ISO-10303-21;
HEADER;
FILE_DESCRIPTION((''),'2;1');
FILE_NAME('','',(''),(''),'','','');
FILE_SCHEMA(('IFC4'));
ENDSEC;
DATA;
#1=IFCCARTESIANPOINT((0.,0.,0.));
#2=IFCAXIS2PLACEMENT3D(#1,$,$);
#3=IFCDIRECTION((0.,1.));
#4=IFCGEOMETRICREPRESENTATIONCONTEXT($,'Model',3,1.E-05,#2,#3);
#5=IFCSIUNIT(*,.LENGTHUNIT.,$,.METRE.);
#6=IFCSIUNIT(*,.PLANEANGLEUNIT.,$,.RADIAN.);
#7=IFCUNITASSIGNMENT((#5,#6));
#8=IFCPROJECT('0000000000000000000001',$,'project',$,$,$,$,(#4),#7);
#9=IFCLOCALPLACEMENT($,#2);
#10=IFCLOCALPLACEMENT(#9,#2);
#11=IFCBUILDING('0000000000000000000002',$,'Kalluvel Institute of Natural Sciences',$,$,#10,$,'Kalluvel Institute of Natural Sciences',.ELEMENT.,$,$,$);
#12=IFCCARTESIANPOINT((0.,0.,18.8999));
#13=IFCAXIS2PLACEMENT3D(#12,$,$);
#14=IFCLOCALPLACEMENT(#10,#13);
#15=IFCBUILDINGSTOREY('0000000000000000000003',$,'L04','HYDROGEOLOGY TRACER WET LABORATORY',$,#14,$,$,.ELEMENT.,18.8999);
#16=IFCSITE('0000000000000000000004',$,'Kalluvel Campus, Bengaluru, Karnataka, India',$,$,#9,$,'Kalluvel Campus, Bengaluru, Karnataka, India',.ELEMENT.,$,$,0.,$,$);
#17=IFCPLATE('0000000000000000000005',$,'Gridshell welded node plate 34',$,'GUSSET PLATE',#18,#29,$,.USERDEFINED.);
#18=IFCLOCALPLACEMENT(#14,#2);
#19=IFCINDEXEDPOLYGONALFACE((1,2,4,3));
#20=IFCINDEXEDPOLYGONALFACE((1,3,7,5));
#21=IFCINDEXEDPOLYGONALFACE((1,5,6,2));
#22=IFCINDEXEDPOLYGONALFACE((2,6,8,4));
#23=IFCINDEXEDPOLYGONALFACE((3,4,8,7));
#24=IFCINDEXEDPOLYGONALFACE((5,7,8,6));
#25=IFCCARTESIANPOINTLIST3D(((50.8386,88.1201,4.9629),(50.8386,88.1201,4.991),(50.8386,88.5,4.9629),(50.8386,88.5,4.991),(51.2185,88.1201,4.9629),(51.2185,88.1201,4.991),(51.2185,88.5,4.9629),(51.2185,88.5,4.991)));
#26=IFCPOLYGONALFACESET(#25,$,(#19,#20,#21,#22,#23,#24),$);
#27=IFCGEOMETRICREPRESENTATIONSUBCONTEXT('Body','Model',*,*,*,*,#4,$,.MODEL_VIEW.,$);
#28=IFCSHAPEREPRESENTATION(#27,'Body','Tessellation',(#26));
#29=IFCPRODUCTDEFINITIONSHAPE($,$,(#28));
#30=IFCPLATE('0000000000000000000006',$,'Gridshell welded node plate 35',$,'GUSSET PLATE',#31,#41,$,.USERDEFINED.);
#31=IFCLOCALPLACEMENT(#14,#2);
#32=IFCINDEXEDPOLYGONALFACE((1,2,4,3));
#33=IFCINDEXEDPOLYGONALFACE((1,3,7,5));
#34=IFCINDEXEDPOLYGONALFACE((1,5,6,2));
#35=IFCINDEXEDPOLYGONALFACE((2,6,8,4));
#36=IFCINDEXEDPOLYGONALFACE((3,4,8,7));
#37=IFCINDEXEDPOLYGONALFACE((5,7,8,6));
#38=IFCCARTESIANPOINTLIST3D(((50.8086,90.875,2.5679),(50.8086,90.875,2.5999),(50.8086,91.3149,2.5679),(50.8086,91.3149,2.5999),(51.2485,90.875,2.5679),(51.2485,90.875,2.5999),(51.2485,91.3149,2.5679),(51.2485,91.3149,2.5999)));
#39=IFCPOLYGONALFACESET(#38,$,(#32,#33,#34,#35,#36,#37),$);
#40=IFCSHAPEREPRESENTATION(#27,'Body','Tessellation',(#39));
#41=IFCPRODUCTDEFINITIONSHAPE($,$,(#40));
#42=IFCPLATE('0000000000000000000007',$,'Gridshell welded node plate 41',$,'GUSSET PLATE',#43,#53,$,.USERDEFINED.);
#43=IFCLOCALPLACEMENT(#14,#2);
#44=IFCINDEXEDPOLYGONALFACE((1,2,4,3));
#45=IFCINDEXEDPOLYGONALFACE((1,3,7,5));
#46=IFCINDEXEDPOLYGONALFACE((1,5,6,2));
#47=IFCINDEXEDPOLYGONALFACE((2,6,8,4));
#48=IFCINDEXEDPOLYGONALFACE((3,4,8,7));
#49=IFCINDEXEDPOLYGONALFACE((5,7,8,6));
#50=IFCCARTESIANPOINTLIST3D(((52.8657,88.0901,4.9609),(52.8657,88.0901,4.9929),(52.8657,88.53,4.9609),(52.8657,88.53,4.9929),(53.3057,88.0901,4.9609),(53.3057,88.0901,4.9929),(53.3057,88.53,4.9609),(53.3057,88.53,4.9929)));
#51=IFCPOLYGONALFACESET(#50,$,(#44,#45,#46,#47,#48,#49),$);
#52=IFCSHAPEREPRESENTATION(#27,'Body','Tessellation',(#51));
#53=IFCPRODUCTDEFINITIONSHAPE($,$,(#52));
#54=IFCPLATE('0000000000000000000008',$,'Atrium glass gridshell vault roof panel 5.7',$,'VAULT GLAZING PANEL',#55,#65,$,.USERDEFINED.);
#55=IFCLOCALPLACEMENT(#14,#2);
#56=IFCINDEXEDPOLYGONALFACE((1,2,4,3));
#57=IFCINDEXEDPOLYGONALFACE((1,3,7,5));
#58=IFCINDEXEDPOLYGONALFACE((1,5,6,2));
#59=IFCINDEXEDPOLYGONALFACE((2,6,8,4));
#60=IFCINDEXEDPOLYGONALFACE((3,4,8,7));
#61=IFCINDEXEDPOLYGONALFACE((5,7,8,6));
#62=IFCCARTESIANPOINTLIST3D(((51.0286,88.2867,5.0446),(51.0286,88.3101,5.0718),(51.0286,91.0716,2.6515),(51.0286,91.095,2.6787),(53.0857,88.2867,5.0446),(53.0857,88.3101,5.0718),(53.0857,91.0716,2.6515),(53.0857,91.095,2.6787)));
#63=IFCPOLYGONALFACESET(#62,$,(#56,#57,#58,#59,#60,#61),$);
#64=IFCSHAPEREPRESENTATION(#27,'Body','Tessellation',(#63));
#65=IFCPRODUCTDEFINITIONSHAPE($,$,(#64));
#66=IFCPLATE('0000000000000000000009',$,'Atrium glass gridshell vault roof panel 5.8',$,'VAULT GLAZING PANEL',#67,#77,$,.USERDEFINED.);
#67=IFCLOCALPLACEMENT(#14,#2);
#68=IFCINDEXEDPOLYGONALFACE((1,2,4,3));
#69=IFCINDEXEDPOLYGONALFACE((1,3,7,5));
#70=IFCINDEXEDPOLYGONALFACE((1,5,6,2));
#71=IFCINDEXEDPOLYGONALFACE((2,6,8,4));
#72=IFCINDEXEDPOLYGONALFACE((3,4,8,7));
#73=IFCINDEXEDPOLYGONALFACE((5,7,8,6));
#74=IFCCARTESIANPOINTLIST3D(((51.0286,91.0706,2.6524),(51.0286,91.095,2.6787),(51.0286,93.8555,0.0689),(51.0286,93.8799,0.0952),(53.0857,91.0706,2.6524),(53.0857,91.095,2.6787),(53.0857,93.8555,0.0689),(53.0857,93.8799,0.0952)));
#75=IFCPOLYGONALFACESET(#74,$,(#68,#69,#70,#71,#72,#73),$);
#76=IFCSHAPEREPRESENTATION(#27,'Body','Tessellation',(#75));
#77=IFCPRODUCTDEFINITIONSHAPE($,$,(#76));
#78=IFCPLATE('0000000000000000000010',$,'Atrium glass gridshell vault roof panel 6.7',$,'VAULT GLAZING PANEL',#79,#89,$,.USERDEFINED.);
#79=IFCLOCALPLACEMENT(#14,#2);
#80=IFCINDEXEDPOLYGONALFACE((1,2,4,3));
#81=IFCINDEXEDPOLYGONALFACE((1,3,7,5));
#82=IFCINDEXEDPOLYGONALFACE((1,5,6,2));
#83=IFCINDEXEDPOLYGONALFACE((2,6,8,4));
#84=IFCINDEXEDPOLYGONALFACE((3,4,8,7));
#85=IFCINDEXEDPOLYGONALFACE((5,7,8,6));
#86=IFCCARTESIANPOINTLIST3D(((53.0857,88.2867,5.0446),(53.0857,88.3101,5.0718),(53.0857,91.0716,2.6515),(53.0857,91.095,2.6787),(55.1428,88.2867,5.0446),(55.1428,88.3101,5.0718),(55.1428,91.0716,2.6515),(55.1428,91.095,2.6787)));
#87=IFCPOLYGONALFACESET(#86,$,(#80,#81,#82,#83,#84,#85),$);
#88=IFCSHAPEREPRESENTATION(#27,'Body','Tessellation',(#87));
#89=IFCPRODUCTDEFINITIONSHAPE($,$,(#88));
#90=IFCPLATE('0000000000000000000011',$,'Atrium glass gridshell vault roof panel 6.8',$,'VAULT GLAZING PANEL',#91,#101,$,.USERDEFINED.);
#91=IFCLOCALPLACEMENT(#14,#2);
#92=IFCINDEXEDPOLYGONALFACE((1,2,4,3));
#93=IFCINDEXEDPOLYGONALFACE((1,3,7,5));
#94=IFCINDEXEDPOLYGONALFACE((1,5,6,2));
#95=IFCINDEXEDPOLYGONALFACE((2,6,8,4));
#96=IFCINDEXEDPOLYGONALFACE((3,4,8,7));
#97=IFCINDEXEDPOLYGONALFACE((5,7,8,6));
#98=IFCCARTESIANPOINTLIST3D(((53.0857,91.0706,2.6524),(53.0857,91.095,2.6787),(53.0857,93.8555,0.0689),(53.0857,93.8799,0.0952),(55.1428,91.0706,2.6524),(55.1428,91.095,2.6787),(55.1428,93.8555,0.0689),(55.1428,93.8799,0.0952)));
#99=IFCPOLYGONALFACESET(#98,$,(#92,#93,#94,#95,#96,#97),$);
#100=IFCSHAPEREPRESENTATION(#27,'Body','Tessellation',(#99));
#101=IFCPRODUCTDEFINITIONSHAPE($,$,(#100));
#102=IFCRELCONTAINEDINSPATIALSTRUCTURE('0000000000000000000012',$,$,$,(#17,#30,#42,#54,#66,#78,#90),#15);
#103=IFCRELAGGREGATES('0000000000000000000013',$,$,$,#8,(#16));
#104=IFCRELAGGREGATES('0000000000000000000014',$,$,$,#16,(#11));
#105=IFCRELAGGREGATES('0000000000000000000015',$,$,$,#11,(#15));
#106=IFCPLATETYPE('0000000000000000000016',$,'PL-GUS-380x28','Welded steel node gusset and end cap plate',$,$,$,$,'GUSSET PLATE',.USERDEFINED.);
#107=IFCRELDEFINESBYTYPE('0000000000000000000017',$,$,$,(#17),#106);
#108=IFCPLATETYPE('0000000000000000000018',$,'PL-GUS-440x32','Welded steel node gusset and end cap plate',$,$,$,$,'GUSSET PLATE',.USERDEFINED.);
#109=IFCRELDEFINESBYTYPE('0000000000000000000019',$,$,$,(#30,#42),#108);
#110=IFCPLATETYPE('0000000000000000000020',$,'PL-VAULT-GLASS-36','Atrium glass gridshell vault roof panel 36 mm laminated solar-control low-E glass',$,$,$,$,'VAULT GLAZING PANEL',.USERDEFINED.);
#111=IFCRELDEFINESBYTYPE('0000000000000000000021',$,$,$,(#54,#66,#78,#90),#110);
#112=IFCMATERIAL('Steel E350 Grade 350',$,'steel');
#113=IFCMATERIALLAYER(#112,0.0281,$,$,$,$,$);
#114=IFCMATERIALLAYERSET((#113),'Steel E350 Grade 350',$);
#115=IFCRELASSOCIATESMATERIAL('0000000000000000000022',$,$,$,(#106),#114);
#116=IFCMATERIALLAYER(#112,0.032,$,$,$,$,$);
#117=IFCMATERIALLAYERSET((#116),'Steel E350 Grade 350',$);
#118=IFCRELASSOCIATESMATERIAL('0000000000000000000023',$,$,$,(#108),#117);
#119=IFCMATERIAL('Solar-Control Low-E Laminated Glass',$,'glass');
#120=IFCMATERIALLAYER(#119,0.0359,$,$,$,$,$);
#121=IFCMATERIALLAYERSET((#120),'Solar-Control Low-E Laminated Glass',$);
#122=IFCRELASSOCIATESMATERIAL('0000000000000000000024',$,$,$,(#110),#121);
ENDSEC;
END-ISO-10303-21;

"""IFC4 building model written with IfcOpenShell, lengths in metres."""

from ifc_helpers import new_model, si_unit, direction, frame, origin, origin_2d, place, context, subcontext, project, spatial, polyline, rectangle, outline, extrude, material, layer, layer_set, type_object, element, save


model = new_model("IFC4")

# Units and contexts
model_context = context("Model", 3, precision=1e-05, world=origin(), true_north=direction((0.0, 1.0)))
body_context = subcontext(model_context, "Body", "Model", "MODEL_VIEW")
ifc_project = project(units=[si_unit("LENGTHUNIT", "METRE"), si_unit("PLANEANGLEUNIT", "RADIAN")], contexts=[model_context])

# Site, building, storey
site_placement = place(None, origin())
site = spatial("IfcSite", under=ifc_project, at=site_placement, Name="Kalluvel Campus, Bengaluru, Karnataka, India", LongName="Kalluvel Campus, Bengaluru, Karnataka, India", CompositionType="ELEMENT", RefElevation=0.0)
building_placement = place(site_placement, origin())
building = spatial("IfcBuilding", under=site, at=building_placement, Name="Kalluvel Institute of Natural Sciences", LongName="Kalluvel Institute of Natural Sciences", CompositionType="ELEMENT")
storey_placement = place(building_placement, frame((0.0, 0.0, 18.8999)))
storey = spatial("IfcBuildingStorey", under=building, at=storey_placement, Name="L04", Description="HYDROGEOLOGY TRACER WET LABORATORY", CompositionType="ELEMENT", Elevation=18.8999)

# Shared definitions
ifc_material_1 = material(Name="Steel E350 Grade 350", Category="steel")

# Plates
ifc_layer_1 = layer(ifc_material_1, 0.0281)
ifc_layer_set_1 = layer_set([ifc_layer_1], Name="Steel E350 Grade 350")
plate_type_1 = type_object("IfcPlateType", Name="PL-GUS-380x28", Description="Welded steel node gusset and end cap plate", ElementType="GUSSET PLATE", PredefinedType="USERDEFINED", material=ifc_layer_set_1)
plate_1_placement = place(storey_placement, frame((51.0286, 88.3101, 4.9629), z_axis=(0.0, 0.0, 1.0), x_axis=(1.0, 0.0, 0.0)))
element("IfcPlate", 1, at=plate_1_placement, inside=storey, type_object=plate_type_1, Name="Gridshell welded node plate 34", ObjectType="GUSSET PLATE", PredefinedType="USERDEFINED", context=body_context, shape_type="SweptSolid", body=[
    extrude(rectangle(XDim=0.3799, YDim=0.3799, at=origin_2d()), origin(), (0.0, 0.0, 1.0), 0.0281),
])
ifc_layer_2 = layer(ifc_material_1, 0.032)
ifc_layer_set_2 = layer_set([ifc_layer_2], Name="Steel E350 Grade 350")
plate_type_2 = type_object("IfcPlateType", Name="PL-GUS-440x32", Description="Welded steel node gusset and end cap plate", ElementType="GUSSET PLATE", PredefinedType="USERDEFINED", material=ifc_layer_set_2)
for number, where, z_axis, x_axis, name in (
    (2, (51.0286, 91.095, 2.5679), (0.0, 0.0, 1.0), (1.0, 0.0, 0.0), "Gridshell welded node plate 35"),
    (3, (53.0857, 88.3101, 4.9609), (0.0, 0.0, 1.0), (1.0, 0.0, 0.0), "Gridshell welded node plate 41"),
):
    element("IfcPlate", number, at=place(storey_placement, frame(where, z_axis=z_axis, x_axis=x_axis)), inside=storey, type_object=plate_type_2, Name=name, ObjectType="GUSSET PLATE", PredefinedType="USERDEFINED", context=body_context, shape_type="SweptSolid", body=[
        extrude(rectangle(XDim=0.4399, YDim=0.4399, at=origin_2d()), origin(), (0.0, 0.0, 1.0), 0.032),
    ])
ifc_material_2 = material(Name="Solar-Control Low-E Laminated Glass", Category="glass")
ifc_layer_3 = layer(ifc_material_2, 0.0359)
ifc_layer_set_3 = layer_set([ifc_layer_3], Name="Solar-Control Low-E Laminated Glass")
plate_type_3 = type_object("IfcPlateType", Name="PL-VAULT-GLASS-36", Description="Atrium glass gridshell vault roof panel 36 mm laminated solar-control low-E glass", ElementType="VAULT GLAZING PANEL", PredefinedType="USERDEFINED", material=ifc_layer_set_3)
plate_2_placement = place(storey_placement, frame((51.0286, 88.3101, 5.0718), z_axis=(0.0, 0.651733, 0.758449), x_axis=(1.0, 0.0, 0.0)))
element("IfcPlate", 4, at=plate_2_placement, inside=storey, type_object=plate_type_3, Name="Atrium glass gridshell vault roof panel 5.7", ObjectType="VAULT GLAZING PANEL", PredefinedType="USERDEFINED", context=body_context, shape_type="SweptSolid", body=[
    extrude(outline(polyline([(0.0, 0.0), (2.0571, 0.0), (2.0571, 3.6719), (0.0, 3.6719), (0.0, 0.0)])), origin(), (0.0, 0.0, -1.0), 0.0359),
])
plate_3_placement = place(storey_placement, frame((51.0286, 91.095, 2.6787), z_axis=(0.0, 0.680099, 0.733121), x_axis=(1.0, 0.0, 0.0)))
element("IfcPlate", 5, at=plate_3_placement, inside=storey, type_object=plate_type_3, Name="Atrium glass gridshell vault roof panel 5.8", ObjectType="VAULT GLAZING PANEL", PredefinedType="USERDEFINED", context=body_context, shape_type="SweptSolid", body=[
    extrude(outline(polyline([(0.0, 0.0), (2.0571, 0.0), (2.0571, 3.7987), (0.0, 3.7987), (0.0, 0.0)])), origin(), (0.0, 0.0, -1.0), 0.0359),
])
plate_4_placement = place(storey_placement, frame((53.0857, 88.3101, 5.0718), z_axis=(0.0, 0.651733, 0.758449), x_axis=(1.0, 0.0, 0.0)))
element("IfcPlate", 6, at=plate_4_placement, inside=storey, type_object=plate_type_3, Name="Atrium glass gridshell vault roof panel 6.7", ObjectType="VAULT GLAZING PANEL", PredefinedType="USERDEFINED", context=body_context, shape_type="SweptSolid", body=[
    extrude(outline(polyline([(0.0, 0.0), (2.0571, 0.0), (2.0571, 3.6719), (0.0, 3.6719), (0.0, 0.0)])), origin(), (0.0, 0.0, -1.0), 0.0359),
])
plate_5_placement = place(storey_placement, frame((53.0857, 91.095, 2.6787), z_axis=(0.0, 0.680099, 0.733121), x_axis=(1.0, 0.0, 0.0)))
element("IfcPlate", 7, at=plate_5_placement, inside=storey, type_object=plate_type_3, Name="Atrium glass gridshell vault roof panel 6.8", ObjectType="VAULT GLAZING PANEL", PredefinedType="USERDEFINED", context=body_context, shape_type="SweptSolid", body=[
    extrude(outline(polyline([(0.0, 0.0), (2.0571, 0.0), (2.0571, 3.7987), (0.0, 3.7987), (0.0, 0.0)])), origin(), (0.0, 0.0, -1.0), 0.0359),
])

save(model, "model.ifc")
